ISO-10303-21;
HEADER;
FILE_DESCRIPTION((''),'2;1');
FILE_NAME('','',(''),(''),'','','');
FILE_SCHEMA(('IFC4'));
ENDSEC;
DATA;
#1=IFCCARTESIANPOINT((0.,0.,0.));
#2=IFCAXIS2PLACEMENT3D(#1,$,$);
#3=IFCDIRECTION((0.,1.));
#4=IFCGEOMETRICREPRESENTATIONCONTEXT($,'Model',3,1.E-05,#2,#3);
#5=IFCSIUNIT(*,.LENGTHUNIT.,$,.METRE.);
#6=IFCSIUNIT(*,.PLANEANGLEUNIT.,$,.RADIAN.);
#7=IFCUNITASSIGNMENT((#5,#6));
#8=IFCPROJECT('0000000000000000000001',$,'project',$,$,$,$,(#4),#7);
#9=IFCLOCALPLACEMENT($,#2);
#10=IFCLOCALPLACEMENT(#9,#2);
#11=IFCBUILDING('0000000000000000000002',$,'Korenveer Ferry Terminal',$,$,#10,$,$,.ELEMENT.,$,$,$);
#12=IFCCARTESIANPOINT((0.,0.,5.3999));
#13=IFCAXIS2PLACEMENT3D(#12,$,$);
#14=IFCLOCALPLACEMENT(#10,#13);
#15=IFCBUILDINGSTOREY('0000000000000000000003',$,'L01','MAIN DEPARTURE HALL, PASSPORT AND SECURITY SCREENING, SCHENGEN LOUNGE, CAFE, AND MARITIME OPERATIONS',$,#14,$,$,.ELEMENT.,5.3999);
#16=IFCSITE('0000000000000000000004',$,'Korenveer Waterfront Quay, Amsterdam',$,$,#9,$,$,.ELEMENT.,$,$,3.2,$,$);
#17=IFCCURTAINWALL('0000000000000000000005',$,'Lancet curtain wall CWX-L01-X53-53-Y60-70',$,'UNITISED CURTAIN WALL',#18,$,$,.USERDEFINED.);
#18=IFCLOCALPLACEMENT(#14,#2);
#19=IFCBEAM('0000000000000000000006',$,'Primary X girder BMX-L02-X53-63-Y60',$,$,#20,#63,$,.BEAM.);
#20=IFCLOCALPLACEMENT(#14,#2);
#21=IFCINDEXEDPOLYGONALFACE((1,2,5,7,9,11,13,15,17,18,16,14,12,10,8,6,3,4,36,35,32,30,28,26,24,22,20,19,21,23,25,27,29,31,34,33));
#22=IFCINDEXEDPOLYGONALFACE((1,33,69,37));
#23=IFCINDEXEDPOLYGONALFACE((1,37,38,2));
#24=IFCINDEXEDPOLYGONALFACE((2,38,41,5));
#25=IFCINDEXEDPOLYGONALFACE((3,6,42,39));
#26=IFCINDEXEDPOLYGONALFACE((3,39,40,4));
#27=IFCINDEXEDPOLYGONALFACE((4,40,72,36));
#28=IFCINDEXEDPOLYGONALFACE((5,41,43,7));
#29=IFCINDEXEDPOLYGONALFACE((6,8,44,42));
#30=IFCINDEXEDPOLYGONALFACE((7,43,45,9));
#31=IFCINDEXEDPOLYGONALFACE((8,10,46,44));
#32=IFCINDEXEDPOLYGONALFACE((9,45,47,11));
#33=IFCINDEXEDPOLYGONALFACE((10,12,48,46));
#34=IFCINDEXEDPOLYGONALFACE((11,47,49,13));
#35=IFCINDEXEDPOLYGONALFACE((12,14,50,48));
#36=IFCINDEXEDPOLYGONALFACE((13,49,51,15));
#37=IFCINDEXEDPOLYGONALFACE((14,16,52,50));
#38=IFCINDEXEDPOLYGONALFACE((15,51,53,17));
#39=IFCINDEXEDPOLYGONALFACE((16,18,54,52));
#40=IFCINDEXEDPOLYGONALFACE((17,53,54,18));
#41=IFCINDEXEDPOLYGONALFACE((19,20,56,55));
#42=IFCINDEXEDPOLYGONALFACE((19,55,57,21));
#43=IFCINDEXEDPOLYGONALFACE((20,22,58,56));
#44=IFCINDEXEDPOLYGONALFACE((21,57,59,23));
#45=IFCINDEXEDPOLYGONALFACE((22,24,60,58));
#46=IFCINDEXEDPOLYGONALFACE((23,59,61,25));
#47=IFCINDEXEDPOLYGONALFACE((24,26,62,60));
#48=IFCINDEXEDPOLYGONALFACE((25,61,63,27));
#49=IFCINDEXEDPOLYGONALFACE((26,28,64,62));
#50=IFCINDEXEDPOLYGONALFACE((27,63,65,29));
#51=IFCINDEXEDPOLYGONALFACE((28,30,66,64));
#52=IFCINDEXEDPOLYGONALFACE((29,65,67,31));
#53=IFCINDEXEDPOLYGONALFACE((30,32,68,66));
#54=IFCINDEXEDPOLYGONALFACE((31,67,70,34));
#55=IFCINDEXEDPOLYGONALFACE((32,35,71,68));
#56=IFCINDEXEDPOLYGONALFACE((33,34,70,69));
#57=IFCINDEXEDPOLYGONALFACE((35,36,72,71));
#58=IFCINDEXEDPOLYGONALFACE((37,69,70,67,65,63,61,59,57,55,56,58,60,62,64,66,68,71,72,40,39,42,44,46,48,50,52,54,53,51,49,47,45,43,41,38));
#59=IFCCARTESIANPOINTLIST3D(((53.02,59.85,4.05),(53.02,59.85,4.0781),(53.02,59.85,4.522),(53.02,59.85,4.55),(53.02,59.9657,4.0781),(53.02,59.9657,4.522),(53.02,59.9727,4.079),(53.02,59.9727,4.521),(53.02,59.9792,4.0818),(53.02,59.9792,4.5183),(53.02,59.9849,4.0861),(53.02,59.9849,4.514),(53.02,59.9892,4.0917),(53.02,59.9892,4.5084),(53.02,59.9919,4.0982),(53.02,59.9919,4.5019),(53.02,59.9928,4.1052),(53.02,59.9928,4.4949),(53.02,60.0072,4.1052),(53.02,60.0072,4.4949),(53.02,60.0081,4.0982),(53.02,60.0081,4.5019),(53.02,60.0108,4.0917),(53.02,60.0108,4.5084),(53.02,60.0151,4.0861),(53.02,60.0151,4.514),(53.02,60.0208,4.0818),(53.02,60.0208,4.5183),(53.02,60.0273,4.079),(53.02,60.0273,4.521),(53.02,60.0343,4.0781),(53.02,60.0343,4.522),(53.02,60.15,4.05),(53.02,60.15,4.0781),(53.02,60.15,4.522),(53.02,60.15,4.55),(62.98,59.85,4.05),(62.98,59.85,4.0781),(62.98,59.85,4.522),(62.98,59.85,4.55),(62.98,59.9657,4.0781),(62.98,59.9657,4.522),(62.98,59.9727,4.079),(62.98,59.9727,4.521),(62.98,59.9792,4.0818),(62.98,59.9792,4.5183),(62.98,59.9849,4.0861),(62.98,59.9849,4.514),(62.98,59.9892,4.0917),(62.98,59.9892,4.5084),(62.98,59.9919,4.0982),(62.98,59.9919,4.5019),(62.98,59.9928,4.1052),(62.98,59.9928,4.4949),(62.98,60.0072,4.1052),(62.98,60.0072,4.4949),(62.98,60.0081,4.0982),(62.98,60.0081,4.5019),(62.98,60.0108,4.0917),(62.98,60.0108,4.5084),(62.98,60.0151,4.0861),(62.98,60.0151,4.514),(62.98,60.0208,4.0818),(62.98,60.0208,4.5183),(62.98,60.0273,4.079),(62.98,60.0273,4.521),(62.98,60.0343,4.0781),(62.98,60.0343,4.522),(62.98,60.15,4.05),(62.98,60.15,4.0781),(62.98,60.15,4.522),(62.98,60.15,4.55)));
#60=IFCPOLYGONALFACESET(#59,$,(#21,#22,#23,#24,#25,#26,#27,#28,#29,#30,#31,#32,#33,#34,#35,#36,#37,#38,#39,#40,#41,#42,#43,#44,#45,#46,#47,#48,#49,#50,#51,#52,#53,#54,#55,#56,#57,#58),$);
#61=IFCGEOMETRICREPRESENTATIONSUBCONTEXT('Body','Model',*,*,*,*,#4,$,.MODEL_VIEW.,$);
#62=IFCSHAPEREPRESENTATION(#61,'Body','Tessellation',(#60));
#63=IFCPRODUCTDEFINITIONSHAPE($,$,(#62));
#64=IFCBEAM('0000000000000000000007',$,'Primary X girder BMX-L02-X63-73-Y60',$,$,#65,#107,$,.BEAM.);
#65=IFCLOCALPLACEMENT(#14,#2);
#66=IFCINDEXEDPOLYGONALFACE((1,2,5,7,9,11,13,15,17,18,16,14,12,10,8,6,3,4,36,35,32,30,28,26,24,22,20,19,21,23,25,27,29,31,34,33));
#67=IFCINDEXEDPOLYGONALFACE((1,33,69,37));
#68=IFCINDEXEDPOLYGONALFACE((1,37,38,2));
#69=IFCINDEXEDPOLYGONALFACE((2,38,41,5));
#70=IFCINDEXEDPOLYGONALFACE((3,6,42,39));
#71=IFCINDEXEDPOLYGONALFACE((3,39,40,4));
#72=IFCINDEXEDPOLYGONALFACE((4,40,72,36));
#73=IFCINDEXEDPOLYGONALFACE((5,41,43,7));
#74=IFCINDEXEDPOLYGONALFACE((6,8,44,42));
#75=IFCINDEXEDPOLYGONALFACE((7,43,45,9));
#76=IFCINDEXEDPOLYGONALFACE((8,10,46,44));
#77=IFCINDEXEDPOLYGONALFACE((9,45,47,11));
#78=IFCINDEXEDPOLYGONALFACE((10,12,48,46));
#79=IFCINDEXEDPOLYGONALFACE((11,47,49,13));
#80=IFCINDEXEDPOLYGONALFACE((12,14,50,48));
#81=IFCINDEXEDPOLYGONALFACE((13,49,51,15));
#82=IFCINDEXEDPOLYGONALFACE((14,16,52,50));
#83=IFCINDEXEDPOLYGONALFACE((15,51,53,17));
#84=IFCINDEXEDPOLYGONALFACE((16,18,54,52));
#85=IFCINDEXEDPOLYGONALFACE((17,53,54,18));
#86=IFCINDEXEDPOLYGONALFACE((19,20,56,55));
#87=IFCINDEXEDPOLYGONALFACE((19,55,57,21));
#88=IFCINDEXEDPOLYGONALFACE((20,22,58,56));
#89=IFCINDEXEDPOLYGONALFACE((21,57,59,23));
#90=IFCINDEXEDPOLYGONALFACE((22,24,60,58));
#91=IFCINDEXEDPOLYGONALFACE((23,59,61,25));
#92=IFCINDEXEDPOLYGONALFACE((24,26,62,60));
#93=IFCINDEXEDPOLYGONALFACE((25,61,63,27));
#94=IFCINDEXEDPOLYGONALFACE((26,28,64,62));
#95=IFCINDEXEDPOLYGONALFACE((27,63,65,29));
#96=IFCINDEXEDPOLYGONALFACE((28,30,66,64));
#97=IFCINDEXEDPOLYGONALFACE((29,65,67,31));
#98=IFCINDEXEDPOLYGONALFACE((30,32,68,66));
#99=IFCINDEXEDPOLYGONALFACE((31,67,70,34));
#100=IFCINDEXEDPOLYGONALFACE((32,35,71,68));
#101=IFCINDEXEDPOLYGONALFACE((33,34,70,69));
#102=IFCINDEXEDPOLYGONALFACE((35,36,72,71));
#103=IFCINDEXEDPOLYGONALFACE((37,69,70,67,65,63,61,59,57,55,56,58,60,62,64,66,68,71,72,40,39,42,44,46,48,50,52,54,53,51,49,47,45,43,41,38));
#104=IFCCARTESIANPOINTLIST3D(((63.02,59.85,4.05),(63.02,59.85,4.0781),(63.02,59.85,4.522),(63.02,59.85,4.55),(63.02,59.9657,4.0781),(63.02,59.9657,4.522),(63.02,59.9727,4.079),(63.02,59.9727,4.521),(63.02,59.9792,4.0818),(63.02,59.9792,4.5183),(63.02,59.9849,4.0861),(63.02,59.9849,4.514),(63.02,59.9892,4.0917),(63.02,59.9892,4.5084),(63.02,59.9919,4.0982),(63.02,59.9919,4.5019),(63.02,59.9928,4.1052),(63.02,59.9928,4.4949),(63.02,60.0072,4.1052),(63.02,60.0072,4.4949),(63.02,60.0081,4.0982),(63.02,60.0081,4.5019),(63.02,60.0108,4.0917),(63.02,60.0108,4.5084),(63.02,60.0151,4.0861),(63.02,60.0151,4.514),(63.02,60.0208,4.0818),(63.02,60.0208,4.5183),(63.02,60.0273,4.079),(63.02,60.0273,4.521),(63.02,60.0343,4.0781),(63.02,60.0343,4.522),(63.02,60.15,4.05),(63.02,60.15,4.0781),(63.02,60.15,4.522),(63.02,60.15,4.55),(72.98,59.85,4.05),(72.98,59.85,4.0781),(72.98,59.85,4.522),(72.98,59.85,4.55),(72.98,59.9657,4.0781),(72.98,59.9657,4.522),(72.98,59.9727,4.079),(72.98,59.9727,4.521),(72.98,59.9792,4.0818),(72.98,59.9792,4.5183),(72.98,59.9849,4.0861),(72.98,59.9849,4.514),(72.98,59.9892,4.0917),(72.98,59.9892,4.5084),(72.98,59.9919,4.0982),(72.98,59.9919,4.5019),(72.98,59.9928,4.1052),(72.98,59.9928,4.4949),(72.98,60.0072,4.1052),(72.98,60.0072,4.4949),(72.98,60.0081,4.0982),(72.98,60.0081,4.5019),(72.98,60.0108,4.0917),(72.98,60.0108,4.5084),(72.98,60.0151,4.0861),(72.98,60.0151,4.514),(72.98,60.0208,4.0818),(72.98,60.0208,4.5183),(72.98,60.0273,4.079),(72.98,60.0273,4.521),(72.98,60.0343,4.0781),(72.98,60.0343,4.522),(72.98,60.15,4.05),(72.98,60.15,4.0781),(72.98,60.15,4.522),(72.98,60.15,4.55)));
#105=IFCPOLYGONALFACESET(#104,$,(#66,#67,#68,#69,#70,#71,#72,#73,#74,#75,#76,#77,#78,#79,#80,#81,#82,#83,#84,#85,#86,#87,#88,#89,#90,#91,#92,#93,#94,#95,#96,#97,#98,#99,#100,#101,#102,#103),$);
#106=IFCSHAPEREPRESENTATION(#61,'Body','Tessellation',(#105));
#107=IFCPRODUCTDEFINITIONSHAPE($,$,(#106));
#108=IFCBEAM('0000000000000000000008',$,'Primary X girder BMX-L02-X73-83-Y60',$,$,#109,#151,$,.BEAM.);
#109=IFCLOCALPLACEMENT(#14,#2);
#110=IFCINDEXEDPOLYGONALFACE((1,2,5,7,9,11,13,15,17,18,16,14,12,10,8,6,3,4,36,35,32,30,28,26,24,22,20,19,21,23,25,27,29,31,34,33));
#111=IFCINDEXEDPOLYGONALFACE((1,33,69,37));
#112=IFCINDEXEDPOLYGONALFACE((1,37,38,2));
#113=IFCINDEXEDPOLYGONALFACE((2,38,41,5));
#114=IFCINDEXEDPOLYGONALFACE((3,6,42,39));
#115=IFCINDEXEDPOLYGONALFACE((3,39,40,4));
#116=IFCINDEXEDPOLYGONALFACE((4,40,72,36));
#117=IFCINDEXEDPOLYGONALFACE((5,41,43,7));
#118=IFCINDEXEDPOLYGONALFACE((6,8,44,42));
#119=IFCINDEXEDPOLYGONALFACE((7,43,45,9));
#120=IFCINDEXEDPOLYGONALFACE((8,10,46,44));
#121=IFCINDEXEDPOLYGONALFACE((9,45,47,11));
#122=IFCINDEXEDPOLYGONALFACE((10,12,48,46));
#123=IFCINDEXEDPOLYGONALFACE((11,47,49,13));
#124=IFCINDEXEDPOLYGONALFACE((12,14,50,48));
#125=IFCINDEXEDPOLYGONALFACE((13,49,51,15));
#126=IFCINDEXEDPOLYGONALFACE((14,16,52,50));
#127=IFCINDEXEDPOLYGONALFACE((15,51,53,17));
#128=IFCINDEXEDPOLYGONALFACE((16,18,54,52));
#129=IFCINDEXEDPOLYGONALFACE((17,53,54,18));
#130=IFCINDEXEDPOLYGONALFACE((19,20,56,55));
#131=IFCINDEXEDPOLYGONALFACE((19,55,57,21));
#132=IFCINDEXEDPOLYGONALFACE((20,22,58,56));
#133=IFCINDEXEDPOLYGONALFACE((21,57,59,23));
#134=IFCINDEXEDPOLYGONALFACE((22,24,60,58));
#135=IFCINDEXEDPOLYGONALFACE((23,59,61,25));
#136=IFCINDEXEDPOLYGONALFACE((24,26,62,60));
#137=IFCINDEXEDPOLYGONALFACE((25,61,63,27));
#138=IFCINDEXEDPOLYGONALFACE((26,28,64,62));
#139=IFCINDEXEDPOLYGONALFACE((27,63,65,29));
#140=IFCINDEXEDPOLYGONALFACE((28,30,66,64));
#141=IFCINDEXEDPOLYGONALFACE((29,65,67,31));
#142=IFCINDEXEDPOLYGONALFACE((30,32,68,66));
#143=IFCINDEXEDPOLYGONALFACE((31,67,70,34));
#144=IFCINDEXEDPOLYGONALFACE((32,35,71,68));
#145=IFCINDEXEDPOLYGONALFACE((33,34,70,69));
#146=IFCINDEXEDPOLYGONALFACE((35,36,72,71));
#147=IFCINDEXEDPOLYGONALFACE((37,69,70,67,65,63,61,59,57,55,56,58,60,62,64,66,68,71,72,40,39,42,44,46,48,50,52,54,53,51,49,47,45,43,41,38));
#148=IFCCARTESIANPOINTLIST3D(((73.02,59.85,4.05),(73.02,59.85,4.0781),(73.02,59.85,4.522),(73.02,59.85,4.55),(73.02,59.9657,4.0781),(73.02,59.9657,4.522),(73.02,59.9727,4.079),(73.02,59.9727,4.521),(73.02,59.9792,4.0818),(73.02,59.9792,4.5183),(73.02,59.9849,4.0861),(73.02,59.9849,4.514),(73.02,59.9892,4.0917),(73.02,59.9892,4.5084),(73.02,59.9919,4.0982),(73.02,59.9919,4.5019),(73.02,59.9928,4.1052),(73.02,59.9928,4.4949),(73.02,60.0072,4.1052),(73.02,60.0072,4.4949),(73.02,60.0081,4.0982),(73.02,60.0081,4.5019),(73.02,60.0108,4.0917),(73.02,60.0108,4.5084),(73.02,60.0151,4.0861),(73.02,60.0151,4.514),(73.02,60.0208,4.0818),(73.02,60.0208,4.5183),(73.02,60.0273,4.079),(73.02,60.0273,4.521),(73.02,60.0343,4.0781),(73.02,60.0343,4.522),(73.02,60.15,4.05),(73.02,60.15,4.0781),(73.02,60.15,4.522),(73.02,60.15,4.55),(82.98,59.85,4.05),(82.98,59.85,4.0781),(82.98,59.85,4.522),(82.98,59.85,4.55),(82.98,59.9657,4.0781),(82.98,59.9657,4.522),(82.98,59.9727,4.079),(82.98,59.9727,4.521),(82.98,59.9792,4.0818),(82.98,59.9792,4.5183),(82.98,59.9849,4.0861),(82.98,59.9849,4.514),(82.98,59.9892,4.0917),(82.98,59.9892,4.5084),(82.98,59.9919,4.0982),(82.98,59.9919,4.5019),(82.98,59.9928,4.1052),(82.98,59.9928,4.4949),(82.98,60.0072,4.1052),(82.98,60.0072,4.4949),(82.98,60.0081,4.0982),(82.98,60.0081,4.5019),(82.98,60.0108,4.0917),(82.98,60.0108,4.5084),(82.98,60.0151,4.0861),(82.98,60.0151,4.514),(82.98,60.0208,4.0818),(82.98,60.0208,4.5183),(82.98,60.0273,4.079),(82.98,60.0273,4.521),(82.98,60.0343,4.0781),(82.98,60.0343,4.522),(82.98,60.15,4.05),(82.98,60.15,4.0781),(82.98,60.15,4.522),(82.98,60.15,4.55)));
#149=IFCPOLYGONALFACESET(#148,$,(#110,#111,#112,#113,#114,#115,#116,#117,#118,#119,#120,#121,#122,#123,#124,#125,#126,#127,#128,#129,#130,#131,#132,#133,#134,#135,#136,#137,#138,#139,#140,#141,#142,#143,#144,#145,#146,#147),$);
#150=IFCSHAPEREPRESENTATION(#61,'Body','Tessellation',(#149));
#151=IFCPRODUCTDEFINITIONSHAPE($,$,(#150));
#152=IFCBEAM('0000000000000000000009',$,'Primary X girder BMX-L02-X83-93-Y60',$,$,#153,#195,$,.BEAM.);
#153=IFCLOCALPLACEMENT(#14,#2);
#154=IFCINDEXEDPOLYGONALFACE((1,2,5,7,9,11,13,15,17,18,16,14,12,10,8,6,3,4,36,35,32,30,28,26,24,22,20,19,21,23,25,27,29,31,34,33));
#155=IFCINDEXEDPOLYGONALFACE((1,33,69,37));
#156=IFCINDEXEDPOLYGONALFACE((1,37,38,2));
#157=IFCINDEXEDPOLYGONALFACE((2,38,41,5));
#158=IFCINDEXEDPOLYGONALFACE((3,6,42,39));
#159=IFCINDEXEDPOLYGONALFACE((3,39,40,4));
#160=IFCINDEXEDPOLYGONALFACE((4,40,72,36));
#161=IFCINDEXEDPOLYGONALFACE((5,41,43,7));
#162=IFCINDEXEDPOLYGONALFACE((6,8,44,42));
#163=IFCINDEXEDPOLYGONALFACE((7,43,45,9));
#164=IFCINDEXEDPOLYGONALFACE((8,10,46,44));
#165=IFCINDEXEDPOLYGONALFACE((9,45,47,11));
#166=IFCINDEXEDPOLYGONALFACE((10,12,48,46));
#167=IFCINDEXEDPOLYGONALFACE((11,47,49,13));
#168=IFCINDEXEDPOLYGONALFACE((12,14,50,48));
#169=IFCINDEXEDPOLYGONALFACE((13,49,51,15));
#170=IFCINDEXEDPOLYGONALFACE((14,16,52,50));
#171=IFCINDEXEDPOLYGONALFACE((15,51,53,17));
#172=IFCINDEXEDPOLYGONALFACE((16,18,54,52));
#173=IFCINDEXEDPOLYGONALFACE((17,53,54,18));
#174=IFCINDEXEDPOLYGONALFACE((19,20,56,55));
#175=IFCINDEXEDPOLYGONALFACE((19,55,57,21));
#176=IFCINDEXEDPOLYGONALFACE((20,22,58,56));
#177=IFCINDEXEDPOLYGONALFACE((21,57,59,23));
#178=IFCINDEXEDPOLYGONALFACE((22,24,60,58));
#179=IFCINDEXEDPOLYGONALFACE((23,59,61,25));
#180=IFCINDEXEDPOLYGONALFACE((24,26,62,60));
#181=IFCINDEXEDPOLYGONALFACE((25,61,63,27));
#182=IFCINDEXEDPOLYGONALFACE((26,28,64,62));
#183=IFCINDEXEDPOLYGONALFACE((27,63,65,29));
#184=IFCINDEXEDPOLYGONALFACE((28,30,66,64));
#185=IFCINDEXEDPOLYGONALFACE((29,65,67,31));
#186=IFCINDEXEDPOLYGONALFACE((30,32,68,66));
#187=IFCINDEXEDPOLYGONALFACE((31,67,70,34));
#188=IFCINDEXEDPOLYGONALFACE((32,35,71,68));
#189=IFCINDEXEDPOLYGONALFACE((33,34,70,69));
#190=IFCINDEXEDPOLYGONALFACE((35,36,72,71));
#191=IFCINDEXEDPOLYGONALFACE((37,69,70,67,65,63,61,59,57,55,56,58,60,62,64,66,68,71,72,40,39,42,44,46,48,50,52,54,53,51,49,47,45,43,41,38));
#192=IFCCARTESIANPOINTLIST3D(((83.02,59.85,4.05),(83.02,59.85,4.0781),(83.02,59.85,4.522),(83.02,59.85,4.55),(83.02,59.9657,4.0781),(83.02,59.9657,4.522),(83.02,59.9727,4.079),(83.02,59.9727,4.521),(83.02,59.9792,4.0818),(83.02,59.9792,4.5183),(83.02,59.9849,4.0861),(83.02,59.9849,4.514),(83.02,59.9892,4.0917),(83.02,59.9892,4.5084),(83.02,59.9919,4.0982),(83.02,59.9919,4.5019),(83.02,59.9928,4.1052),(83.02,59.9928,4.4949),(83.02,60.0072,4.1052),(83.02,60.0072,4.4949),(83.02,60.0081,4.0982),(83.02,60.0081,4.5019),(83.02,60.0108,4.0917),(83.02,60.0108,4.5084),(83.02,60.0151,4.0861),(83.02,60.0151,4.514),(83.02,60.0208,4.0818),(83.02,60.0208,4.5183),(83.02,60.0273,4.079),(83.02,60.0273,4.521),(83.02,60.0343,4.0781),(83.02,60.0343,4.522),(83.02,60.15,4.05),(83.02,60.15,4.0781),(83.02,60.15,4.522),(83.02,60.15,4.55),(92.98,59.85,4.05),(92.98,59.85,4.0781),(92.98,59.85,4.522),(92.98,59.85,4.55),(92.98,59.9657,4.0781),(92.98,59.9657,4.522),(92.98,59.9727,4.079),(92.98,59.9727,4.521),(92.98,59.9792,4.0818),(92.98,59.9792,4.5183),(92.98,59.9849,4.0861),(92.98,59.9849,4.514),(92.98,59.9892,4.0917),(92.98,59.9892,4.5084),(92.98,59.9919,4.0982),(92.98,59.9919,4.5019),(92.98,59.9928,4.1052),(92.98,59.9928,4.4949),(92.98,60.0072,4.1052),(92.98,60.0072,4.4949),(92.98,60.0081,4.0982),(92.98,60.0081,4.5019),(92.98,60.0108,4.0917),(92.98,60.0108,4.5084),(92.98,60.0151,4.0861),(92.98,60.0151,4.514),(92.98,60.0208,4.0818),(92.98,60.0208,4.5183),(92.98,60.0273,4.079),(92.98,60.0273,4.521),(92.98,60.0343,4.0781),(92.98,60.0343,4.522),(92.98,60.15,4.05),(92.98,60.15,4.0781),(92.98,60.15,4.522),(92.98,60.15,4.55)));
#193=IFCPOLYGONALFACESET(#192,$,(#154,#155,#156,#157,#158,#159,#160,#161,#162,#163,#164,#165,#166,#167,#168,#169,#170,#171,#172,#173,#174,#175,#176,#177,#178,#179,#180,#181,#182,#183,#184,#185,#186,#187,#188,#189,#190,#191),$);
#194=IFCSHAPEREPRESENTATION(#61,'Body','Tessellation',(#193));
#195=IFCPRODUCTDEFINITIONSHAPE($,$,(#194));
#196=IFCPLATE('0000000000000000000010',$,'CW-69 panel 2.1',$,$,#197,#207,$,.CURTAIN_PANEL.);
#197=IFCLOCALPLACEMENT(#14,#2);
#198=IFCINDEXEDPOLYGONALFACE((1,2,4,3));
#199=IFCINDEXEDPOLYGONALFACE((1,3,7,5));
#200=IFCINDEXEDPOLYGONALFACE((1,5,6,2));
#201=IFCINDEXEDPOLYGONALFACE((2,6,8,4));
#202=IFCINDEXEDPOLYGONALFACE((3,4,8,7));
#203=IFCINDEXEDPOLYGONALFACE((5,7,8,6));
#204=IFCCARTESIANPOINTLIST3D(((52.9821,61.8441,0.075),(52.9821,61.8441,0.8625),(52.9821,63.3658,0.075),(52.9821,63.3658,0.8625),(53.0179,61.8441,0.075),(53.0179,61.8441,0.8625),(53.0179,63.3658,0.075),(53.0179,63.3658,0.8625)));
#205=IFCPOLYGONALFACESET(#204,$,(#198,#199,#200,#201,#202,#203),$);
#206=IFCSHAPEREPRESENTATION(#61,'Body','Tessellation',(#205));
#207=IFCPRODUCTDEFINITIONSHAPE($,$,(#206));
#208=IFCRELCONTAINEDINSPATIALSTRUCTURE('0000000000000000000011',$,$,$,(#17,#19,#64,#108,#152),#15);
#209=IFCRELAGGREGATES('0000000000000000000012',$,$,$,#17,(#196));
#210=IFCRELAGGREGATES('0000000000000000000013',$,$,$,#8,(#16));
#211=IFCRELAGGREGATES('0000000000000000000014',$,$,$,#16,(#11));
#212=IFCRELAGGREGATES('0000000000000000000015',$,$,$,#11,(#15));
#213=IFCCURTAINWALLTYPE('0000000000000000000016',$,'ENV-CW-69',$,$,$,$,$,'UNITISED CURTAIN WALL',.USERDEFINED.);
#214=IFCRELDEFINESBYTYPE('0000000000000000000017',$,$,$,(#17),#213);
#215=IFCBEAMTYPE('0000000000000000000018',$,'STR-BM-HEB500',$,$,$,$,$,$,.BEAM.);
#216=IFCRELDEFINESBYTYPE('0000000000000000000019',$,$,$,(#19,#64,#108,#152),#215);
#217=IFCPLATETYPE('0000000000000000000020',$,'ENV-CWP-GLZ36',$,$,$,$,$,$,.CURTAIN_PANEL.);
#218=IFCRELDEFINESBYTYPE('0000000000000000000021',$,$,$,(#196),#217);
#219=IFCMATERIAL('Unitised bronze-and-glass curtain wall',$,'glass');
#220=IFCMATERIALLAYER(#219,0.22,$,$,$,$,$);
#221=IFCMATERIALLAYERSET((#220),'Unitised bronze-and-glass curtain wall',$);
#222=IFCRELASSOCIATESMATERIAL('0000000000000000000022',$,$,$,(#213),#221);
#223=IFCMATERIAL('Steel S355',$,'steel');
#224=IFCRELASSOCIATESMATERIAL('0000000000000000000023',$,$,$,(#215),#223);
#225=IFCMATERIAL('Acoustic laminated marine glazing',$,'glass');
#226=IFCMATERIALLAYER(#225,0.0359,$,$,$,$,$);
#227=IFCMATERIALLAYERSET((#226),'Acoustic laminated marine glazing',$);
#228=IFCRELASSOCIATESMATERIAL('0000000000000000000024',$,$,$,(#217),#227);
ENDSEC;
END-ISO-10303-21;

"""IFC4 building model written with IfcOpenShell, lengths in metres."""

from ifc_helpers import new_model, si_unit, direction, frame, origin, origin_2d, place, context, subcontext, project, spatial, rectangle, i_section, extrude, material, layer, layer_set, material_profile, profile_set, type_object, element, aggregate, save


model = new_model("IFC4")

# Units and contexts
model_context = context("Model", 3, precision=1e-05, world=origin(), true_north=direction((0.0, 1.0)))
body_context = subcontext(model_context, "Body", "Model", "MODEL_VIEW")
ifc_project = project(units=[si_unit("LENGTHUNIT", "METRE"), si_unit("PLANEANGLEUNIT", "RADIAN")], contexts=[model_context])

# Site, building, storey
site_placement = place(None, origin())
site = spatial("IfcSite", under=ifc_project, at=site_placement, Name="Korenveer Waterfront Quay, Amsterdam", CompositionType="ELEMENT", RefElevation=3.2)
building_placement = place(site_placement, origin())
building = spatial("IfcBuilding", under=site, at=building_placement, Name="Korenveer Ferry Terminal", CompositionType="ELEMENT")
storey_placement = place(building_placement, frame((0.0, 0.0, 5.3999)))
storey = spatial("IfcBuildingStorey", under=building, at=storey_placement, Name="L01", Description="MAIN DEPARTURE HALL, PASSPORT AND SECURITY SCREENING, SCHENGEN LOUNGE, CAFE, AND MARITIME OPERATIONS", CompositionType="ELEMENT", Elevation=5.3999)

# Shared definitions
ifc_material_1 = material(Name="Steel S355", Category="steel")

# Curtain wall
ifc_material_2 = material(Name="Unitised bronze-and-glass curtain wall", Category="glass")
ifc_layer_1 = layer(ifc_material_2, 0.22)
ifc_layer_set_1 = layer_set([ifc_layer_1], Name="Unitised bronze-and-glass curtain wall")
curtain_wall_type = type_object("IfcCurtainWallType", Name="ENV-CW-69", ElementType="UNITISED CURTAIN WALL", PredefinedType="USERDEFINED", material=ifc_layer_set_1)
curtain_wall_placement = place(storey_placement, frame((53.0, 60.21, 0.0)))
curtain_wall = element("IfcCurtainWall", 1, at=curtain_wall_placement, inside=storey, type_object=curtain_wall_type, Name="Lancet curtain wall CWX-L01-X53-53-Y60-70", ObjectType="UNITISED CURTAIN WALL", PredefinedType="USERDEFINED")

# Beams
ifc_material_profile_1 = material_profile(ifc_material_1, i_section(OverallWidth=0.3, OverallDepth=0.5, WebThickness=0.0144, FlangeThickness=0.0281, FilletRadius=0.0271, at=origin_2d()), Name="HEB 500")
ifc_profile_set_1 = profile_set([ifc_material_profile_1], Name="Steel S355")
beam_type = type_object("IfcBeamType", Name="STR-BM-HEB500", PredefinedType="BEAM", material=ifc_profile_set_1)
for number, where, z_axis, x_axis, name in (
    (2, (53.02, 60.0, 4.3), (1.0, 0.0, 0.0), (0.0, 1.0, 0.0), "Primary X girder BMX-L02-X53-63-Y60"),
    (3, (63.02, 60.0, 4.3), (1.0, 0.0, 0.0), (0.0, 1.0, 0.0), "Primary X girder BMX-L02-X63-73-Y60"),
    (4, (73.02, 60.0, 4.3), (1.0, 0.0, 0.0), (0.0, 1.0, 0.0), "Primary X girder BMX-L02-X73-83-Y60"),
    (5, (83.02, 60.0, 4.3), (1.0, 0.0, 0.0), (0.0, 1.0, 0.0), "Primary X girder BMX-L02-X83-93-Y60"),
):
    element("IfcBeam", number, at=place(storey_placement, frame(where, z_axis=z_axis, x_axis=x_axis)), inside=storey, type_object=beam_type, Name=name, PredefinedType="BEAM", context=body_context, shape_type="SweptSolid", body=[
        extrude(i_section(OverallWidth=0.3, OverallDepth=0.5, WebThickness=0.0144, FlangeThickness=0.0281, FilletRadius=0.0271, at=origin_2d()), origin(), (0.0, 0.0, 1.0), 9.96),
    ])

# Plate
ifc_material_3 = material(Name="Acoustic laminated marine glazing", Category="glass")
ifc_layer_2 = layer(ifc_material_3, 0.0359)
ifc_layer_set_2 = layer_set([ifc_layer_2], Name="Acoustic laminated marine glazing")
plate_type = type_object("IfcPlateType", Name="ENV-CWP-GLZ36", PredefinedType="CURTAIN_PANEL", material=ifc_layer_set_2)
plate_1_placement = place(storey_placement, frame((53.0, 62.605, 0.075), z_axis=(0.0, 0.0, 1.0), x_axis=(0.0, 1.0, 0.0)))
plate_1 = element("IfcPlate", 6, at=plate_1_placement, type_object=plate_type, Name="CW-69 panel 2.1", PredefinedType="CURTAIN_PANEL", context=body_context, shape_type="SweptSolid", body=[
    extrude(rectangle(XDim=1.5217, YDim=0.0359, at=origin_2d()), origin(), (0.0, 0.0, 1.0), 0.7876),
])
aggregate(curtain_wall, [plate_1])

save(model, "model.ifc")
